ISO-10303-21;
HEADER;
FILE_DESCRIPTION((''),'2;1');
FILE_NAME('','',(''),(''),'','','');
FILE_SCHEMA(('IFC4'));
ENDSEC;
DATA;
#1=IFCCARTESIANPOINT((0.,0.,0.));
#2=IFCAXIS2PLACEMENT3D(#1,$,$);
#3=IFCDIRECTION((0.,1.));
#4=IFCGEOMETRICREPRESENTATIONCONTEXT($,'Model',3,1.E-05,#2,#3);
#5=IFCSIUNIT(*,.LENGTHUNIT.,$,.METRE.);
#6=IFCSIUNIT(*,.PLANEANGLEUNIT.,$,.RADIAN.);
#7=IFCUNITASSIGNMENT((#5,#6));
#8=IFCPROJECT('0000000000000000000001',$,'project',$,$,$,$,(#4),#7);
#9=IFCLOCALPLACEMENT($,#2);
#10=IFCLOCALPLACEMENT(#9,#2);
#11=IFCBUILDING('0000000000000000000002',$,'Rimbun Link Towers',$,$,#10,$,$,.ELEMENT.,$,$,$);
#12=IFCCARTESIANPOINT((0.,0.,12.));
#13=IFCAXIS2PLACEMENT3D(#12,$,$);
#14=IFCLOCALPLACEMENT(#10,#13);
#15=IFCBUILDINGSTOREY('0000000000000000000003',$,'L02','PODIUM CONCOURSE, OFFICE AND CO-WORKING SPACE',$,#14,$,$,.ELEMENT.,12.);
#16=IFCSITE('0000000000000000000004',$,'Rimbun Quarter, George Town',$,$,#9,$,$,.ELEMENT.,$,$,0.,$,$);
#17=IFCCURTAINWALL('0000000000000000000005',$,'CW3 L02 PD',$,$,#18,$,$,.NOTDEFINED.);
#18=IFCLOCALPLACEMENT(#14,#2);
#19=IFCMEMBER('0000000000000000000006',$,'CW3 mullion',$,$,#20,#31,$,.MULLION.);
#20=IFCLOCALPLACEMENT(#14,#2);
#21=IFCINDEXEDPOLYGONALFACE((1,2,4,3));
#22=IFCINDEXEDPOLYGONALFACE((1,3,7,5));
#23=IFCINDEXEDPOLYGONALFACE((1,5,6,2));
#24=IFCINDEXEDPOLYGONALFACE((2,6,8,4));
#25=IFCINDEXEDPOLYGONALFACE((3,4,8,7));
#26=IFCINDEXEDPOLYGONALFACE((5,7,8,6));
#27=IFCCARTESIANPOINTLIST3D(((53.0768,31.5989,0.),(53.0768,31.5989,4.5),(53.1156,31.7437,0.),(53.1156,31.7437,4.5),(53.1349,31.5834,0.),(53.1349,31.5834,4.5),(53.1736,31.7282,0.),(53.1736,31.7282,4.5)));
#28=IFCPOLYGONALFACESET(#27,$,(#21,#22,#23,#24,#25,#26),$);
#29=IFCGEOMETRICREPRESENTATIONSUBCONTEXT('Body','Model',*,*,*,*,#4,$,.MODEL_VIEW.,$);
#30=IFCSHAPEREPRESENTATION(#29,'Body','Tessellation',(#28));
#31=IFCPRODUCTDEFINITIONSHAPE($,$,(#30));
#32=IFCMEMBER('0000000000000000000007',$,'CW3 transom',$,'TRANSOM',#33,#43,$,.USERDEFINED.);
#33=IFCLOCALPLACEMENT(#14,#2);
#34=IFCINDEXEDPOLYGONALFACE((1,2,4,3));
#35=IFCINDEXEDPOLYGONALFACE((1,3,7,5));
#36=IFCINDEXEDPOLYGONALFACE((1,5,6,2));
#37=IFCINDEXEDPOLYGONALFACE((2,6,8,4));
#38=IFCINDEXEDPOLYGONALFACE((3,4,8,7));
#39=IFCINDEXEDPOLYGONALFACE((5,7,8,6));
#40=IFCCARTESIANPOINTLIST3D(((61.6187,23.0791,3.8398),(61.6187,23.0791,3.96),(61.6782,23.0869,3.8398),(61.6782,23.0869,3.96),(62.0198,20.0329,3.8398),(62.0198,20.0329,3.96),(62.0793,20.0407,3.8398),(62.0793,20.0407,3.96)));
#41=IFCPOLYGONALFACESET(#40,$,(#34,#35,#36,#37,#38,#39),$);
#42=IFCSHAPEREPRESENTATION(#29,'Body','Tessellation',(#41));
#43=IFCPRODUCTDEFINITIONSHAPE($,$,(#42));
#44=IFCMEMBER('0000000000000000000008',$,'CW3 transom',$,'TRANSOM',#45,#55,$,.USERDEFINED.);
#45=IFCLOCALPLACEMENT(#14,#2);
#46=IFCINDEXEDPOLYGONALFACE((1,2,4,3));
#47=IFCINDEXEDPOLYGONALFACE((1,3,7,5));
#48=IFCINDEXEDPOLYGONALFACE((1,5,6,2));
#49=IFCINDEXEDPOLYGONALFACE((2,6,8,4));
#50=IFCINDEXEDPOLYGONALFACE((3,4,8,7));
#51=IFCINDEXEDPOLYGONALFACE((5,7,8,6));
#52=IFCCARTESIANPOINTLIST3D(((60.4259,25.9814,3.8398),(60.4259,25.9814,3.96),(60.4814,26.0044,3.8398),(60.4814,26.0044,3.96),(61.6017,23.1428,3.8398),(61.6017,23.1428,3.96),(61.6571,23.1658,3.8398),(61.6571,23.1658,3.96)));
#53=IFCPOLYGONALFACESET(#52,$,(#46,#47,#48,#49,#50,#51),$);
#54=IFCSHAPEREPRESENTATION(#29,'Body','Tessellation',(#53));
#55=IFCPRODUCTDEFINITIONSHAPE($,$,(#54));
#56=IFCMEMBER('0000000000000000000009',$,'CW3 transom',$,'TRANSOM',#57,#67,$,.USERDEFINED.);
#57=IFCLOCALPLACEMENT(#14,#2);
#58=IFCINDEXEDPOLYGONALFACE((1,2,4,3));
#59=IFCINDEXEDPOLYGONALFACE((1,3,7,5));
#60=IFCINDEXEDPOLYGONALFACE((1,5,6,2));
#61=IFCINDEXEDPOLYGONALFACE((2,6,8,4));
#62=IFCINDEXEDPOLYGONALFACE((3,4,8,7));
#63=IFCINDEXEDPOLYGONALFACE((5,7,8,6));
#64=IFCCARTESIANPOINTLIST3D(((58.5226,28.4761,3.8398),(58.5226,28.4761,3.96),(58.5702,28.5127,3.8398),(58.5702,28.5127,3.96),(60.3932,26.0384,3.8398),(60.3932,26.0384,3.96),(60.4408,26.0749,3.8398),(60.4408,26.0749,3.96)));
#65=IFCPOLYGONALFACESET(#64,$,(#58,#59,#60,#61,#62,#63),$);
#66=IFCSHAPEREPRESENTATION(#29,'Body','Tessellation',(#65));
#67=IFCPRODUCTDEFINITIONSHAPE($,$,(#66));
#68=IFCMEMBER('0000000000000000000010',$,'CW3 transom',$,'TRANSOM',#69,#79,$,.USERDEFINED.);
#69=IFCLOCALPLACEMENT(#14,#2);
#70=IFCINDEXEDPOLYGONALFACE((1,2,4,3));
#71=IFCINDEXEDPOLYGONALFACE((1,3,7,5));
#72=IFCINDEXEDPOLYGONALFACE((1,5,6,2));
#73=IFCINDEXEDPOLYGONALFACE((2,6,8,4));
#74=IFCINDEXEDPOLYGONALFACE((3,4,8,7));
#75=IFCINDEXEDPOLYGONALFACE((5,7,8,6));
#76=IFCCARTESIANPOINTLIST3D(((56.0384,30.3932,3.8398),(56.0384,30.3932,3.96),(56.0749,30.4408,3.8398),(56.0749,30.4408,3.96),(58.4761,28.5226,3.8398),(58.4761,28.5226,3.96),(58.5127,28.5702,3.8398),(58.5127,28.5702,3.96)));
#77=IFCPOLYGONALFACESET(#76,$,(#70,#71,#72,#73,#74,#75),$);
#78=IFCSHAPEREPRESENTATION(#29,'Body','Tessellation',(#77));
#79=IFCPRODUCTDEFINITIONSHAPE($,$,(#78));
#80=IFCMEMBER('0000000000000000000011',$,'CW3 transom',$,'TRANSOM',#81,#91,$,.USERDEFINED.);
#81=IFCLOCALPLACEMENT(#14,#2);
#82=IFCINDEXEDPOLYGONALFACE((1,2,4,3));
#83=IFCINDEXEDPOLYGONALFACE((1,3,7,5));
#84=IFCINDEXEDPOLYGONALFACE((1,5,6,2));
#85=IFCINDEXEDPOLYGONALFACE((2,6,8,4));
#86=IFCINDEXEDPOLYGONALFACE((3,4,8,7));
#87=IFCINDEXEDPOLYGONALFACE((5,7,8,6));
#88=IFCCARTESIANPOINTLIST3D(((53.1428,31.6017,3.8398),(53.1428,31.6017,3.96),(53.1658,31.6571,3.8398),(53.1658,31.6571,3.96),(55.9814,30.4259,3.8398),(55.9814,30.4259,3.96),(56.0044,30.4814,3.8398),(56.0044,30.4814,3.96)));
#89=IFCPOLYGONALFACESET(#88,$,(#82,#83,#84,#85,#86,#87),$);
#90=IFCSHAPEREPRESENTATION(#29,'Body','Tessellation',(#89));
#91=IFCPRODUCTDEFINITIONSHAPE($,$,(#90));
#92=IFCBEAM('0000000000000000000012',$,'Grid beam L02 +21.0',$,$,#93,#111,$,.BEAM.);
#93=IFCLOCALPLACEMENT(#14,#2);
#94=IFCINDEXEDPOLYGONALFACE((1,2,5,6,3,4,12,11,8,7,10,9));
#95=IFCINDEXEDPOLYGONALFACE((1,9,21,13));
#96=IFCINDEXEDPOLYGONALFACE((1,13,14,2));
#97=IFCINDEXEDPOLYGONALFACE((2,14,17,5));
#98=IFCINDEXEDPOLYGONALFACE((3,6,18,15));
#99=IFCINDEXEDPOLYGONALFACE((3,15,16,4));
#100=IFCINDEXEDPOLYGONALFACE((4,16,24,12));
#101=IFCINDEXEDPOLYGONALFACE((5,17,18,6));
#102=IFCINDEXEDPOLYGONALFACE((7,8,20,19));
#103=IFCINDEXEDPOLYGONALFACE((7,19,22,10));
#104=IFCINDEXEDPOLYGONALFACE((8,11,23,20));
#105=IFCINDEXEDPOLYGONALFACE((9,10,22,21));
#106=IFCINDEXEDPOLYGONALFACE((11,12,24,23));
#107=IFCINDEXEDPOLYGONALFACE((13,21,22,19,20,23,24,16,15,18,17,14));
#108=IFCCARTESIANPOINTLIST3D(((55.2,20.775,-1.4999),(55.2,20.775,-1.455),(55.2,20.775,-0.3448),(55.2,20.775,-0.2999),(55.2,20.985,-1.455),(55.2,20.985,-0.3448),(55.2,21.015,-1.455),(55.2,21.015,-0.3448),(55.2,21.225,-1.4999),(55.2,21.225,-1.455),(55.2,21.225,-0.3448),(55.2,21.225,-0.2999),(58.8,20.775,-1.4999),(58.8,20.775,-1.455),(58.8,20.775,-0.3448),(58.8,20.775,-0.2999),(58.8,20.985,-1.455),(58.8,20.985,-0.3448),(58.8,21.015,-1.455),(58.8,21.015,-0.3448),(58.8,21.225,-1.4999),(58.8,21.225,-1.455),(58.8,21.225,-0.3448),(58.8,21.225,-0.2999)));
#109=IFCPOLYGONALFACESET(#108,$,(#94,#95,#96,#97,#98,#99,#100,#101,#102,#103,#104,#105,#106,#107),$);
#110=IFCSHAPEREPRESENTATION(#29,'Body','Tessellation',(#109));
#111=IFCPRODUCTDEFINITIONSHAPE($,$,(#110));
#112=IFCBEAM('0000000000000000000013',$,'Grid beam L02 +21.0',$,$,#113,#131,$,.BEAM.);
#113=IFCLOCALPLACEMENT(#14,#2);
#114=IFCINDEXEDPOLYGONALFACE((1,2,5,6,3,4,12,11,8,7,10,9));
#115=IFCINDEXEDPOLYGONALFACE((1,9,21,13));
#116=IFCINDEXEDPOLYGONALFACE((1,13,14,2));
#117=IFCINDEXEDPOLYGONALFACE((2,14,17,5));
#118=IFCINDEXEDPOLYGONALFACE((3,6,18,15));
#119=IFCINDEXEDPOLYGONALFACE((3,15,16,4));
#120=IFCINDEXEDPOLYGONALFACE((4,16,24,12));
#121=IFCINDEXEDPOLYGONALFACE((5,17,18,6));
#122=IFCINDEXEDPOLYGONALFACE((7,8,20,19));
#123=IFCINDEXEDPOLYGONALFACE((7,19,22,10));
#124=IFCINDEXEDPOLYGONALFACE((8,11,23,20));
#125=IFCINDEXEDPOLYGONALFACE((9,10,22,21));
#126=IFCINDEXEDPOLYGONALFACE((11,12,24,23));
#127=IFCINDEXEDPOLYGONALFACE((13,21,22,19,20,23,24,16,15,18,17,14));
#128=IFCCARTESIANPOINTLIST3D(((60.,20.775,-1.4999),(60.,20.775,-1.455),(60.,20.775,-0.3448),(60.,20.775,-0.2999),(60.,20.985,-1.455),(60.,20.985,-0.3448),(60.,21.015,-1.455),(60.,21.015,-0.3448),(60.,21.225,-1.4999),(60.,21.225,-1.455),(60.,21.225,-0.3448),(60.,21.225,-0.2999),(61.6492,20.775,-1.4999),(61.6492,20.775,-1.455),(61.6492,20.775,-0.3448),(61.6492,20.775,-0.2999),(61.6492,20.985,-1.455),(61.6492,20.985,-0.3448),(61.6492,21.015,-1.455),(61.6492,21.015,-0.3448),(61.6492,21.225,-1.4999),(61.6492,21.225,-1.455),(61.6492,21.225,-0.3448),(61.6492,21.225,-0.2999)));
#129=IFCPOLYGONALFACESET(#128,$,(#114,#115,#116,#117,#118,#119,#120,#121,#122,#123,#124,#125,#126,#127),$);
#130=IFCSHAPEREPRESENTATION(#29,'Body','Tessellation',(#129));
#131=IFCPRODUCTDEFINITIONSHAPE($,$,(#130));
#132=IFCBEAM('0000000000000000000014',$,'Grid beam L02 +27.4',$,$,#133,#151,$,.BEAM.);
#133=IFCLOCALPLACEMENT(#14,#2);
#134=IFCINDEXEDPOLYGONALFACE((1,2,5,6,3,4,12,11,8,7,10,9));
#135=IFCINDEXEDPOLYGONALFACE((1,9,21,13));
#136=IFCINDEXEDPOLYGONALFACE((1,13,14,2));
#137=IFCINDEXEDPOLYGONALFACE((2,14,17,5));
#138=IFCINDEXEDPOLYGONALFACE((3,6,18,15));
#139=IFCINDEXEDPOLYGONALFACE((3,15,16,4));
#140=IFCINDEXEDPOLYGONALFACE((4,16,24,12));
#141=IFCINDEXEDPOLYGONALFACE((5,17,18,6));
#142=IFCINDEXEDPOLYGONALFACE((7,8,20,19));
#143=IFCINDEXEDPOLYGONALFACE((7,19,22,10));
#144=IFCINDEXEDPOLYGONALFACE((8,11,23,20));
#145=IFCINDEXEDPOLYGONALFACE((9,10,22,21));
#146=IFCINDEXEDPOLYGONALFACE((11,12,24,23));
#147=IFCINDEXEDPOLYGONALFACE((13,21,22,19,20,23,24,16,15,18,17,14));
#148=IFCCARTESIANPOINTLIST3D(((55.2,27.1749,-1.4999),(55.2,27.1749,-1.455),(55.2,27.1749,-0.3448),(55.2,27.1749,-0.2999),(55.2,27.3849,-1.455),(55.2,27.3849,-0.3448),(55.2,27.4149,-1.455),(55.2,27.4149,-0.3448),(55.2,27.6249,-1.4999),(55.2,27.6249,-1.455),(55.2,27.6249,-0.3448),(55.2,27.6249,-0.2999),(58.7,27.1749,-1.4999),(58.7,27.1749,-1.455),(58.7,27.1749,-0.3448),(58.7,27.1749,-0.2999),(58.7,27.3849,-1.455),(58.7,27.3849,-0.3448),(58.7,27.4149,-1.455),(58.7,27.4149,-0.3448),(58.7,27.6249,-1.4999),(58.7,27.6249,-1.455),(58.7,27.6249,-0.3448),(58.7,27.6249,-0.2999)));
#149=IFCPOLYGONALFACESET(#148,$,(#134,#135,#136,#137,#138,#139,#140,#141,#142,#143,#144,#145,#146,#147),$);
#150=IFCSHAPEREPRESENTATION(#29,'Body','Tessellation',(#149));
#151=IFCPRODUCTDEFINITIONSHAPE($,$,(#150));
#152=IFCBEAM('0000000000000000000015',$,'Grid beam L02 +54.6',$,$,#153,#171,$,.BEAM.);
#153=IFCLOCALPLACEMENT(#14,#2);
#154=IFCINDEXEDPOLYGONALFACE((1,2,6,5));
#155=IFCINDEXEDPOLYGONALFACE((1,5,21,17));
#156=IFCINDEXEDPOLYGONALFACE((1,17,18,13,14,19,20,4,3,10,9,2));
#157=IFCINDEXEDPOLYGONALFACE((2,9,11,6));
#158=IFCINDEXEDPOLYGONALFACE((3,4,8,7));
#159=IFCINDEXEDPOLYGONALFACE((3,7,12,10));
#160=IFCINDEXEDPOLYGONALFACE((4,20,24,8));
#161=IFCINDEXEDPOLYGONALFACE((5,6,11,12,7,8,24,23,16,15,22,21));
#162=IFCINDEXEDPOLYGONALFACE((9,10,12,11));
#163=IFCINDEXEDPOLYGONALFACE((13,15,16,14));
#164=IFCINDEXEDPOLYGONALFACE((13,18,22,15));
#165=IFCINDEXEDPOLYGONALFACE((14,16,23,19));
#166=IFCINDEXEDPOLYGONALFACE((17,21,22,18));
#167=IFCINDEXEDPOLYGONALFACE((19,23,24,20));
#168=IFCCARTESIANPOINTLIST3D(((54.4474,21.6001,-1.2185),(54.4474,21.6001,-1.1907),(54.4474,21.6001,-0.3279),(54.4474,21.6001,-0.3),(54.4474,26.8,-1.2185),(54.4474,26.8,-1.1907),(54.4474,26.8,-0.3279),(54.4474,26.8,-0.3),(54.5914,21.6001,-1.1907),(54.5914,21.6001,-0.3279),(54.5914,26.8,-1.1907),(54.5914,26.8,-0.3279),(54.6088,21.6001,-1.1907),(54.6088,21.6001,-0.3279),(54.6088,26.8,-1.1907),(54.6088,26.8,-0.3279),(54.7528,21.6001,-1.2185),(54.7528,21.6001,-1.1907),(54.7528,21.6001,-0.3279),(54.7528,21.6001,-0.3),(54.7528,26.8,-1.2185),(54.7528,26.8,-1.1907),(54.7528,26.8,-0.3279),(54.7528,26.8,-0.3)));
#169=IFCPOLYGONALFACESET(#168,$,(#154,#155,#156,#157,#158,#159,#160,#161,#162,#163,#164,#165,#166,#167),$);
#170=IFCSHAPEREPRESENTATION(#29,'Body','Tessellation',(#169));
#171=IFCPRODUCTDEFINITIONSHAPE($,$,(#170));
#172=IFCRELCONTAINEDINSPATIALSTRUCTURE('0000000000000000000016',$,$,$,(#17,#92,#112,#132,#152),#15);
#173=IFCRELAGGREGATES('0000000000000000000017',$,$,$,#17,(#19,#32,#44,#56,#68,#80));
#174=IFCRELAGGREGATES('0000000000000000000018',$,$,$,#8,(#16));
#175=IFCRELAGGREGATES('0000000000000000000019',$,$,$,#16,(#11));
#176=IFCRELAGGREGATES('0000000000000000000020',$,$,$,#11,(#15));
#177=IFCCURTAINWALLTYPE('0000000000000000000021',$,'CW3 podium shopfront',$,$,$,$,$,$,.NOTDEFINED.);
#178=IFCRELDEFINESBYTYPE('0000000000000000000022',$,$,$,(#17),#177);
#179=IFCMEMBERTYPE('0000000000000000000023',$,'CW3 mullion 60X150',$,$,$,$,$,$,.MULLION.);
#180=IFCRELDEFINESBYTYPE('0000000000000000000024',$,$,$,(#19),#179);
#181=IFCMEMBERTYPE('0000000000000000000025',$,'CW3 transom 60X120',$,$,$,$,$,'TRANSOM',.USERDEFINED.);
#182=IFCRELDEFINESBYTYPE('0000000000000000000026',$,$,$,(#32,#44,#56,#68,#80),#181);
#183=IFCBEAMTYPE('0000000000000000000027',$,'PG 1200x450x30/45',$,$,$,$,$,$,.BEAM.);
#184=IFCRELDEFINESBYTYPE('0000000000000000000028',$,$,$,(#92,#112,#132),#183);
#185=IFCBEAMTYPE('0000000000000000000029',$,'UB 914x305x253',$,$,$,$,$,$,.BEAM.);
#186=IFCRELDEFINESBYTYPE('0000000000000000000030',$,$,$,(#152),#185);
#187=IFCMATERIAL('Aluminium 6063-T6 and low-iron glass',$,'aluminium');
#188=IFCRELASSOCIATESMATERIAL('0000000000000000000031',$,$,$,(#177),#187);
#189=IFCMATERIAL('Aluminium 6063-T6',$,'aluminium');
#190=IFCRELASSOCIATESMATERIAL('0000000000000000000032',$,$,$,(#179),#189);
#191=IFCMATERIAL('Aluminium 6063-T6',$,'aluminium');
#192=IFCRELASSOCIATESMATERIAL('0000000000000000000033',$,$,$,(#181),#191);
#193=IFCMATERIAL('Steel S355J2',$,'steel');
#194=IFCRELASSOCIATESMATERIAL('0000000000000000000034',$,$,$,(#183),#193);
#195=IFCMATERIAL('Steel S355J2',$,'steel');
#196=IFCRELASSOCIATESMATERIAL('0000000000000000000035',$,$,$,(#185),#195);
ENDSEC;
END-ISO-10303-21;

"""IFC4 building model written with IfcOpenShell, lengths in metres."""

from ifc_helpers import new_model, si_unit, direction, frame, origin, origin_2d, place, context, subcontext, project, spatial, rectangle, i_section, extrude, material, material_profile, profile_set, type_object, element, aggregate, save


model = new_model("IFC4")

# Units and contexts
model_context = context("Model", 3, precision=1e-05, world=origin(), true_north=direction((0.0, 1.0)))
body_context = subcontext(model_context, "Body", "Model", "MODEL_VIEW")
ifc_project = project(units=[si_unit("LENGTHUNIT", "METRE"), si_unit("PLANEANGLEUNIT", "RADIAN")], contexts=[model_context])

# Site, building, storey
site_placement = place(None, origin())
site = spatial("IfcSite", under=ifc_project, at=site_placement, Name="Rimbun Quarter, George Town", CompositionType="ELEMENT", RefElevation=0.0)
building_placement = place(site_placement, origin())
building = spatial("IfcBuilding", under=site, at=building_placement, Name="Rimbun Link Towers", CompositionType="ELEMENT")
storey_placement = place(building_placement, frame((0.0, 0.0, 12.0)))
storey = spatial("IfcBuildingStorey", under=building, at=storey_placement, Name="L02", Description="PODIUM CONCOURSE, OFFICE AND CO-WORKING SPACE", CompositionType="ELEMENT", Elevation=12.0)

# Curtain wall, members
ifc_material_1 = material(Name="Aluminium 6063-T6 and low-iron glass", Category="aluminium")
curtain_wall_type = type_object("IfcCurtainWallType", Name="CW3 podium shopfront", PredefinedType="NOTDEFINED", material=ifc_material_1)
curtain_wall_placement = place(storey_placement, origin())
curtain_wall = element("IfcCurtainWall", 1, at=curtain_wall_placement, inside=storey, type_object=curtain_wall_type, Name="CW3 L02 PD", PredefinedType="NOTDEFINED")
ifc_material_2 = material(Name="Aluminium 6063-T6", Category="aluminium")
ifc_material_profile_1 = material_profile(ifc_material_2, rectangle(XDim=0.1499, YDim=0.0601, at=origin_2d()), Name="MULLION 60X150")
ifc_profile_set_1 = profile_set([ifc_material_profile_1], Name="Aluminium 6063-T6")
member_type_1 = type_object("IfcMemberType", Name="CW3 mullion 60X150", PredefinedType="MULLION", material=ifc_profile_set_1)
member_1_placement = place(storey_placement, frame((53.1252, 31.6636, 0.0), z_axis=(0.0, 0.0, 1.0), x_axis=(0.258819, 0.965926, 0.0)))
member_1 = element("IfcMember", 2, at=member_1_placement, type_object=member_type_1, Name="CW3 mullion", PredefinedType="MULLION", context=body_context, shape_type="SweptSolid", body=[
    extrude(rectangle(XDim=0.1499, YDim=0.0601, at=origin_2d()), origin(), (0.0, 0.0, 1.0), 4.5),
])
ifc_material_3 = material(Name="Aluminium 6063-T6", Category="aluminium")
ifc_material_profile_2 = material_profile(ifc_material_3, rectangle(XDim=0.0601, YDim=0.1201, at=origin_2d()), Name="TRANSOM 60X120")
ifc_profile_set_2 = profile_set([ifc_material_profile_2], Name="Aluminium 6063-T6")
member_type_2 = type_object("IfcMemberType", Name="CW3 transom 60X120", ElementType="TRANSOM", PredefinedType="USERDEFINED", material=ifc_profile_set_2)
member_2_placement = place(storey_placement, frame((61.6484, 23.083, 3.8999), z_axis=(0.130555, -0.991441, 0.0), x_axis=(0.991441, 0.130555, 0.0)))
member_2 = element("IfcMember", 3, at=member_2_placement, type_object=member_type_2, Name="CW3 transom", ObjectType="TRANSOM", PredefinedType="USERDEFINED", context=body_context, shape_type="SweptSolid", body=[
    extrude(rectangle(XDim=0.0601, YDim=0.1201, at=origin_2d()), origin(), (0.0, 0.0, 1.0), 3.0725),
])
member_3_placement = place(storey_placement, frame((60.4536, 25.9929, 3.8999), z_axis=(0.382679, -0.923881, 0.0), x_axis=(0.923881, 0.382679, 0.0)))
member_3 = element("IfcMember", 4, at=member_3_placement, type_object=member_type_2, Name="CW3 transom", ObjectType="TRANSOM", PredefinedType="USERDEFINED", context=body_context, shape_type="SweptSolid", body=[
    extrude(rectangle(XDim=0.0601, YDim=0.1201, at=origin_2d()), origin(), (0.0, 0.0, 1.0), 3.0725),
])
member_4_placement = place(storey_placement, frame((58.5464, 28.4944, 3.8999), z_axis=(0.608773, -0.793344, 0.0), x_axis=(0.793344, 0.608773, 0.0)))
member_4 = element("IfcMember", 5, at=member_4_placement, type_object=member_type_2, Name="CW3 transom", ObjectType="TRANSOM", PredefinedType="USERDEFINED", context=body_context, shape_type="SweptSolid", body=[
    extrude(rectangle(XDim=0.0601, YDim=0.1201, at=origin_2d()), origin(), (0.0, 0.0, 1.0), 3.0728),
])
member_5_placement = place(storey_placement, frame((56.0566, 30.417, 3.8999), z_axis=(0.793344, -0.608773, 0.0), x_axis=(0.608773, 0.793344, 0.0)))
member_5 = element("IfcMember", 6, at=member_5_placement, type_object=member_type_2, Name="CW3 transom", ObjectType="TRANSOM", PredefinedType="USERDEFINED", context=body_context, shape_type="SweptSolid", body=[
    extrude(rectangle(XDim=0.0601, YDim=0.1201, at=origin_2d()), origin(), (0.0, 0.0, 1.0), 3.0728),
])
member_6_placement = place(storey_placement, frame((53.1543, 31.6294, 3.8999), z_axis=(0.923881, -0.382679, 0.0), x_axis=(0.382679, 0.923881, 0.0)))
member_6 = element("IfcMember", 7, at=member_6_placement, type_object=member_type_2, Name="CW3 transom", ObjectType="TRANSOM", PredefinedType="USERDEFINED", context=body_context, shape_type="SweptSolid", body=[
    extrude(rectangle(XDim=0.0601, YDim=0.1201, at=origin_2d()), origin(), (0.0, 0.0, 1.0), 3.0725),
])

# Beams
ifc_material_4 = material(Name="Steel S355J2", Category="steel")
ifc_material_profile_3 = material_profile(ifc_material_4, i_section(OverallWidth=0.45, OverallDepth=1.2, WebThickness=0.03, FlangeThickness=0.0449, at=origin_2d()), Name="PG 1200x450x30/45")
ifc_profile_set_3 = profile_set([ifc_material_profile_3], Name="Steel S355J2")
beam_type_1 = type_object("IfcBeamType", Name="PG 1200x450x30/45", PredefinedType="BEAM", material=ifc_profile_set_3)
beam_1_placement = place(storey_placement, frame((55.2, 21.0, -0.8999), z_axis=(1.0, 0.0, 0.0), x_axis=(0.0, 1.0, 0.0)))
element("IfcBeam", 8, at=beam_1_placement, inside=storey, type_object=beam_type_1, Name="Grid beam L02 +21.0", PredefinedType="BEAM", context=body_context, shape_type="SweptSolid", body=[
    extrude(i_section(OverallWidth=0.45, OverallDepth=1.2, WebThickness=0.03, FlangeThickness=0.0449, at=origin_2d()), origin(), (0.0, 0.0, 1.0), 3.6001),
])
beam_2_placement = place(storey_placement, frame((60.0, 21.0, -0.8999), z_axis=(1.0, 0.0, 0.0), x_axis=(0.0, 1.0, 0.0)))
element("IfcBeam", 9, at=beam_2_placement, inside=storey, type_object=beam_type_1, Name="Grid beam L02 +21.0", PredefinedType="BEAM", context=body_context, shape_type="SweptSolid", body=[
    extrude(i_section(OverallWidth=0.45, OverallDepth=1.2, WebThickness=0.03, FlangeThickness=0.0449, at=origin_2d()), origin(), (0.0, 0.0, 1.0), 1.6492),
])
beam_3_placement = place(storey_placement, frame((55.2, 27.3999, -0.8999), z_axis=(1.0, 0.0, 0.0), x_axis=(0.0, 1.0, 0.0)))
element("IfcBeam", 10, at=beam_3_placement, inside=storey, type_object=beam_type_1, Name="Grid beam L02 +27.4", PredefinedType="BEAM", context=body_context, shape_type="SweptSolid", body=[
    extrude(i_section(OverallWidth=0.45, OverallDepth=1.2, WebThickness=0.03, FlangeThickness=0.0449, at=origin_2d()), origin(), (0.0, 0.0, 1.0), 3.5),
])
ifc_material_5 = material(Name="Steel S355J2", Category="steel")
ifc_material_profile_4 = material_profile(ifc_material_5, i_section(OverallWidth=0.3054, OverallDepth=0.9185, WebThickness=0.0173, FlangeThickness=0.0278, at=origin_2d()), Name="UB 914x305x253")
ifc_profile_set_4 = profile_set([ifc_material_profile_4], Name="Steel S355J2")
beam_type_2 = type_object("IfcBeamType", Name="UB 914x305x253", PredefinedType="BEAM", material=ifc_profile_set_4)
beam_4_placement = place(storey_placement, frame((54.6001, 21.6001, -0.7593), z_axis=(0.0, 1.0, 0.0), x_axis=(-1.0, 0.0, 0.0)))
element("IfcBeam", 11, at=beam_4_placement, inside=storey, type_object=beam_type_2, Name="Grid beam L02 +54.6", PredefinedType="BEAM", context=body_context, shape_type="SweptSolid", body=[
    extrude(i_section(OverallWidth=0.3054, OverallDepth=0.9185, WebThickness=0.0173, FlangeThickness=0.0278, at=origin_2d()), origin(), (0.0, 0.0, 1.0), 5.2),
])

aggregate(curtain_wall, [member_1, member_2, member_3, member_4, member_5, member_6])

save(model, "model.ifc")
